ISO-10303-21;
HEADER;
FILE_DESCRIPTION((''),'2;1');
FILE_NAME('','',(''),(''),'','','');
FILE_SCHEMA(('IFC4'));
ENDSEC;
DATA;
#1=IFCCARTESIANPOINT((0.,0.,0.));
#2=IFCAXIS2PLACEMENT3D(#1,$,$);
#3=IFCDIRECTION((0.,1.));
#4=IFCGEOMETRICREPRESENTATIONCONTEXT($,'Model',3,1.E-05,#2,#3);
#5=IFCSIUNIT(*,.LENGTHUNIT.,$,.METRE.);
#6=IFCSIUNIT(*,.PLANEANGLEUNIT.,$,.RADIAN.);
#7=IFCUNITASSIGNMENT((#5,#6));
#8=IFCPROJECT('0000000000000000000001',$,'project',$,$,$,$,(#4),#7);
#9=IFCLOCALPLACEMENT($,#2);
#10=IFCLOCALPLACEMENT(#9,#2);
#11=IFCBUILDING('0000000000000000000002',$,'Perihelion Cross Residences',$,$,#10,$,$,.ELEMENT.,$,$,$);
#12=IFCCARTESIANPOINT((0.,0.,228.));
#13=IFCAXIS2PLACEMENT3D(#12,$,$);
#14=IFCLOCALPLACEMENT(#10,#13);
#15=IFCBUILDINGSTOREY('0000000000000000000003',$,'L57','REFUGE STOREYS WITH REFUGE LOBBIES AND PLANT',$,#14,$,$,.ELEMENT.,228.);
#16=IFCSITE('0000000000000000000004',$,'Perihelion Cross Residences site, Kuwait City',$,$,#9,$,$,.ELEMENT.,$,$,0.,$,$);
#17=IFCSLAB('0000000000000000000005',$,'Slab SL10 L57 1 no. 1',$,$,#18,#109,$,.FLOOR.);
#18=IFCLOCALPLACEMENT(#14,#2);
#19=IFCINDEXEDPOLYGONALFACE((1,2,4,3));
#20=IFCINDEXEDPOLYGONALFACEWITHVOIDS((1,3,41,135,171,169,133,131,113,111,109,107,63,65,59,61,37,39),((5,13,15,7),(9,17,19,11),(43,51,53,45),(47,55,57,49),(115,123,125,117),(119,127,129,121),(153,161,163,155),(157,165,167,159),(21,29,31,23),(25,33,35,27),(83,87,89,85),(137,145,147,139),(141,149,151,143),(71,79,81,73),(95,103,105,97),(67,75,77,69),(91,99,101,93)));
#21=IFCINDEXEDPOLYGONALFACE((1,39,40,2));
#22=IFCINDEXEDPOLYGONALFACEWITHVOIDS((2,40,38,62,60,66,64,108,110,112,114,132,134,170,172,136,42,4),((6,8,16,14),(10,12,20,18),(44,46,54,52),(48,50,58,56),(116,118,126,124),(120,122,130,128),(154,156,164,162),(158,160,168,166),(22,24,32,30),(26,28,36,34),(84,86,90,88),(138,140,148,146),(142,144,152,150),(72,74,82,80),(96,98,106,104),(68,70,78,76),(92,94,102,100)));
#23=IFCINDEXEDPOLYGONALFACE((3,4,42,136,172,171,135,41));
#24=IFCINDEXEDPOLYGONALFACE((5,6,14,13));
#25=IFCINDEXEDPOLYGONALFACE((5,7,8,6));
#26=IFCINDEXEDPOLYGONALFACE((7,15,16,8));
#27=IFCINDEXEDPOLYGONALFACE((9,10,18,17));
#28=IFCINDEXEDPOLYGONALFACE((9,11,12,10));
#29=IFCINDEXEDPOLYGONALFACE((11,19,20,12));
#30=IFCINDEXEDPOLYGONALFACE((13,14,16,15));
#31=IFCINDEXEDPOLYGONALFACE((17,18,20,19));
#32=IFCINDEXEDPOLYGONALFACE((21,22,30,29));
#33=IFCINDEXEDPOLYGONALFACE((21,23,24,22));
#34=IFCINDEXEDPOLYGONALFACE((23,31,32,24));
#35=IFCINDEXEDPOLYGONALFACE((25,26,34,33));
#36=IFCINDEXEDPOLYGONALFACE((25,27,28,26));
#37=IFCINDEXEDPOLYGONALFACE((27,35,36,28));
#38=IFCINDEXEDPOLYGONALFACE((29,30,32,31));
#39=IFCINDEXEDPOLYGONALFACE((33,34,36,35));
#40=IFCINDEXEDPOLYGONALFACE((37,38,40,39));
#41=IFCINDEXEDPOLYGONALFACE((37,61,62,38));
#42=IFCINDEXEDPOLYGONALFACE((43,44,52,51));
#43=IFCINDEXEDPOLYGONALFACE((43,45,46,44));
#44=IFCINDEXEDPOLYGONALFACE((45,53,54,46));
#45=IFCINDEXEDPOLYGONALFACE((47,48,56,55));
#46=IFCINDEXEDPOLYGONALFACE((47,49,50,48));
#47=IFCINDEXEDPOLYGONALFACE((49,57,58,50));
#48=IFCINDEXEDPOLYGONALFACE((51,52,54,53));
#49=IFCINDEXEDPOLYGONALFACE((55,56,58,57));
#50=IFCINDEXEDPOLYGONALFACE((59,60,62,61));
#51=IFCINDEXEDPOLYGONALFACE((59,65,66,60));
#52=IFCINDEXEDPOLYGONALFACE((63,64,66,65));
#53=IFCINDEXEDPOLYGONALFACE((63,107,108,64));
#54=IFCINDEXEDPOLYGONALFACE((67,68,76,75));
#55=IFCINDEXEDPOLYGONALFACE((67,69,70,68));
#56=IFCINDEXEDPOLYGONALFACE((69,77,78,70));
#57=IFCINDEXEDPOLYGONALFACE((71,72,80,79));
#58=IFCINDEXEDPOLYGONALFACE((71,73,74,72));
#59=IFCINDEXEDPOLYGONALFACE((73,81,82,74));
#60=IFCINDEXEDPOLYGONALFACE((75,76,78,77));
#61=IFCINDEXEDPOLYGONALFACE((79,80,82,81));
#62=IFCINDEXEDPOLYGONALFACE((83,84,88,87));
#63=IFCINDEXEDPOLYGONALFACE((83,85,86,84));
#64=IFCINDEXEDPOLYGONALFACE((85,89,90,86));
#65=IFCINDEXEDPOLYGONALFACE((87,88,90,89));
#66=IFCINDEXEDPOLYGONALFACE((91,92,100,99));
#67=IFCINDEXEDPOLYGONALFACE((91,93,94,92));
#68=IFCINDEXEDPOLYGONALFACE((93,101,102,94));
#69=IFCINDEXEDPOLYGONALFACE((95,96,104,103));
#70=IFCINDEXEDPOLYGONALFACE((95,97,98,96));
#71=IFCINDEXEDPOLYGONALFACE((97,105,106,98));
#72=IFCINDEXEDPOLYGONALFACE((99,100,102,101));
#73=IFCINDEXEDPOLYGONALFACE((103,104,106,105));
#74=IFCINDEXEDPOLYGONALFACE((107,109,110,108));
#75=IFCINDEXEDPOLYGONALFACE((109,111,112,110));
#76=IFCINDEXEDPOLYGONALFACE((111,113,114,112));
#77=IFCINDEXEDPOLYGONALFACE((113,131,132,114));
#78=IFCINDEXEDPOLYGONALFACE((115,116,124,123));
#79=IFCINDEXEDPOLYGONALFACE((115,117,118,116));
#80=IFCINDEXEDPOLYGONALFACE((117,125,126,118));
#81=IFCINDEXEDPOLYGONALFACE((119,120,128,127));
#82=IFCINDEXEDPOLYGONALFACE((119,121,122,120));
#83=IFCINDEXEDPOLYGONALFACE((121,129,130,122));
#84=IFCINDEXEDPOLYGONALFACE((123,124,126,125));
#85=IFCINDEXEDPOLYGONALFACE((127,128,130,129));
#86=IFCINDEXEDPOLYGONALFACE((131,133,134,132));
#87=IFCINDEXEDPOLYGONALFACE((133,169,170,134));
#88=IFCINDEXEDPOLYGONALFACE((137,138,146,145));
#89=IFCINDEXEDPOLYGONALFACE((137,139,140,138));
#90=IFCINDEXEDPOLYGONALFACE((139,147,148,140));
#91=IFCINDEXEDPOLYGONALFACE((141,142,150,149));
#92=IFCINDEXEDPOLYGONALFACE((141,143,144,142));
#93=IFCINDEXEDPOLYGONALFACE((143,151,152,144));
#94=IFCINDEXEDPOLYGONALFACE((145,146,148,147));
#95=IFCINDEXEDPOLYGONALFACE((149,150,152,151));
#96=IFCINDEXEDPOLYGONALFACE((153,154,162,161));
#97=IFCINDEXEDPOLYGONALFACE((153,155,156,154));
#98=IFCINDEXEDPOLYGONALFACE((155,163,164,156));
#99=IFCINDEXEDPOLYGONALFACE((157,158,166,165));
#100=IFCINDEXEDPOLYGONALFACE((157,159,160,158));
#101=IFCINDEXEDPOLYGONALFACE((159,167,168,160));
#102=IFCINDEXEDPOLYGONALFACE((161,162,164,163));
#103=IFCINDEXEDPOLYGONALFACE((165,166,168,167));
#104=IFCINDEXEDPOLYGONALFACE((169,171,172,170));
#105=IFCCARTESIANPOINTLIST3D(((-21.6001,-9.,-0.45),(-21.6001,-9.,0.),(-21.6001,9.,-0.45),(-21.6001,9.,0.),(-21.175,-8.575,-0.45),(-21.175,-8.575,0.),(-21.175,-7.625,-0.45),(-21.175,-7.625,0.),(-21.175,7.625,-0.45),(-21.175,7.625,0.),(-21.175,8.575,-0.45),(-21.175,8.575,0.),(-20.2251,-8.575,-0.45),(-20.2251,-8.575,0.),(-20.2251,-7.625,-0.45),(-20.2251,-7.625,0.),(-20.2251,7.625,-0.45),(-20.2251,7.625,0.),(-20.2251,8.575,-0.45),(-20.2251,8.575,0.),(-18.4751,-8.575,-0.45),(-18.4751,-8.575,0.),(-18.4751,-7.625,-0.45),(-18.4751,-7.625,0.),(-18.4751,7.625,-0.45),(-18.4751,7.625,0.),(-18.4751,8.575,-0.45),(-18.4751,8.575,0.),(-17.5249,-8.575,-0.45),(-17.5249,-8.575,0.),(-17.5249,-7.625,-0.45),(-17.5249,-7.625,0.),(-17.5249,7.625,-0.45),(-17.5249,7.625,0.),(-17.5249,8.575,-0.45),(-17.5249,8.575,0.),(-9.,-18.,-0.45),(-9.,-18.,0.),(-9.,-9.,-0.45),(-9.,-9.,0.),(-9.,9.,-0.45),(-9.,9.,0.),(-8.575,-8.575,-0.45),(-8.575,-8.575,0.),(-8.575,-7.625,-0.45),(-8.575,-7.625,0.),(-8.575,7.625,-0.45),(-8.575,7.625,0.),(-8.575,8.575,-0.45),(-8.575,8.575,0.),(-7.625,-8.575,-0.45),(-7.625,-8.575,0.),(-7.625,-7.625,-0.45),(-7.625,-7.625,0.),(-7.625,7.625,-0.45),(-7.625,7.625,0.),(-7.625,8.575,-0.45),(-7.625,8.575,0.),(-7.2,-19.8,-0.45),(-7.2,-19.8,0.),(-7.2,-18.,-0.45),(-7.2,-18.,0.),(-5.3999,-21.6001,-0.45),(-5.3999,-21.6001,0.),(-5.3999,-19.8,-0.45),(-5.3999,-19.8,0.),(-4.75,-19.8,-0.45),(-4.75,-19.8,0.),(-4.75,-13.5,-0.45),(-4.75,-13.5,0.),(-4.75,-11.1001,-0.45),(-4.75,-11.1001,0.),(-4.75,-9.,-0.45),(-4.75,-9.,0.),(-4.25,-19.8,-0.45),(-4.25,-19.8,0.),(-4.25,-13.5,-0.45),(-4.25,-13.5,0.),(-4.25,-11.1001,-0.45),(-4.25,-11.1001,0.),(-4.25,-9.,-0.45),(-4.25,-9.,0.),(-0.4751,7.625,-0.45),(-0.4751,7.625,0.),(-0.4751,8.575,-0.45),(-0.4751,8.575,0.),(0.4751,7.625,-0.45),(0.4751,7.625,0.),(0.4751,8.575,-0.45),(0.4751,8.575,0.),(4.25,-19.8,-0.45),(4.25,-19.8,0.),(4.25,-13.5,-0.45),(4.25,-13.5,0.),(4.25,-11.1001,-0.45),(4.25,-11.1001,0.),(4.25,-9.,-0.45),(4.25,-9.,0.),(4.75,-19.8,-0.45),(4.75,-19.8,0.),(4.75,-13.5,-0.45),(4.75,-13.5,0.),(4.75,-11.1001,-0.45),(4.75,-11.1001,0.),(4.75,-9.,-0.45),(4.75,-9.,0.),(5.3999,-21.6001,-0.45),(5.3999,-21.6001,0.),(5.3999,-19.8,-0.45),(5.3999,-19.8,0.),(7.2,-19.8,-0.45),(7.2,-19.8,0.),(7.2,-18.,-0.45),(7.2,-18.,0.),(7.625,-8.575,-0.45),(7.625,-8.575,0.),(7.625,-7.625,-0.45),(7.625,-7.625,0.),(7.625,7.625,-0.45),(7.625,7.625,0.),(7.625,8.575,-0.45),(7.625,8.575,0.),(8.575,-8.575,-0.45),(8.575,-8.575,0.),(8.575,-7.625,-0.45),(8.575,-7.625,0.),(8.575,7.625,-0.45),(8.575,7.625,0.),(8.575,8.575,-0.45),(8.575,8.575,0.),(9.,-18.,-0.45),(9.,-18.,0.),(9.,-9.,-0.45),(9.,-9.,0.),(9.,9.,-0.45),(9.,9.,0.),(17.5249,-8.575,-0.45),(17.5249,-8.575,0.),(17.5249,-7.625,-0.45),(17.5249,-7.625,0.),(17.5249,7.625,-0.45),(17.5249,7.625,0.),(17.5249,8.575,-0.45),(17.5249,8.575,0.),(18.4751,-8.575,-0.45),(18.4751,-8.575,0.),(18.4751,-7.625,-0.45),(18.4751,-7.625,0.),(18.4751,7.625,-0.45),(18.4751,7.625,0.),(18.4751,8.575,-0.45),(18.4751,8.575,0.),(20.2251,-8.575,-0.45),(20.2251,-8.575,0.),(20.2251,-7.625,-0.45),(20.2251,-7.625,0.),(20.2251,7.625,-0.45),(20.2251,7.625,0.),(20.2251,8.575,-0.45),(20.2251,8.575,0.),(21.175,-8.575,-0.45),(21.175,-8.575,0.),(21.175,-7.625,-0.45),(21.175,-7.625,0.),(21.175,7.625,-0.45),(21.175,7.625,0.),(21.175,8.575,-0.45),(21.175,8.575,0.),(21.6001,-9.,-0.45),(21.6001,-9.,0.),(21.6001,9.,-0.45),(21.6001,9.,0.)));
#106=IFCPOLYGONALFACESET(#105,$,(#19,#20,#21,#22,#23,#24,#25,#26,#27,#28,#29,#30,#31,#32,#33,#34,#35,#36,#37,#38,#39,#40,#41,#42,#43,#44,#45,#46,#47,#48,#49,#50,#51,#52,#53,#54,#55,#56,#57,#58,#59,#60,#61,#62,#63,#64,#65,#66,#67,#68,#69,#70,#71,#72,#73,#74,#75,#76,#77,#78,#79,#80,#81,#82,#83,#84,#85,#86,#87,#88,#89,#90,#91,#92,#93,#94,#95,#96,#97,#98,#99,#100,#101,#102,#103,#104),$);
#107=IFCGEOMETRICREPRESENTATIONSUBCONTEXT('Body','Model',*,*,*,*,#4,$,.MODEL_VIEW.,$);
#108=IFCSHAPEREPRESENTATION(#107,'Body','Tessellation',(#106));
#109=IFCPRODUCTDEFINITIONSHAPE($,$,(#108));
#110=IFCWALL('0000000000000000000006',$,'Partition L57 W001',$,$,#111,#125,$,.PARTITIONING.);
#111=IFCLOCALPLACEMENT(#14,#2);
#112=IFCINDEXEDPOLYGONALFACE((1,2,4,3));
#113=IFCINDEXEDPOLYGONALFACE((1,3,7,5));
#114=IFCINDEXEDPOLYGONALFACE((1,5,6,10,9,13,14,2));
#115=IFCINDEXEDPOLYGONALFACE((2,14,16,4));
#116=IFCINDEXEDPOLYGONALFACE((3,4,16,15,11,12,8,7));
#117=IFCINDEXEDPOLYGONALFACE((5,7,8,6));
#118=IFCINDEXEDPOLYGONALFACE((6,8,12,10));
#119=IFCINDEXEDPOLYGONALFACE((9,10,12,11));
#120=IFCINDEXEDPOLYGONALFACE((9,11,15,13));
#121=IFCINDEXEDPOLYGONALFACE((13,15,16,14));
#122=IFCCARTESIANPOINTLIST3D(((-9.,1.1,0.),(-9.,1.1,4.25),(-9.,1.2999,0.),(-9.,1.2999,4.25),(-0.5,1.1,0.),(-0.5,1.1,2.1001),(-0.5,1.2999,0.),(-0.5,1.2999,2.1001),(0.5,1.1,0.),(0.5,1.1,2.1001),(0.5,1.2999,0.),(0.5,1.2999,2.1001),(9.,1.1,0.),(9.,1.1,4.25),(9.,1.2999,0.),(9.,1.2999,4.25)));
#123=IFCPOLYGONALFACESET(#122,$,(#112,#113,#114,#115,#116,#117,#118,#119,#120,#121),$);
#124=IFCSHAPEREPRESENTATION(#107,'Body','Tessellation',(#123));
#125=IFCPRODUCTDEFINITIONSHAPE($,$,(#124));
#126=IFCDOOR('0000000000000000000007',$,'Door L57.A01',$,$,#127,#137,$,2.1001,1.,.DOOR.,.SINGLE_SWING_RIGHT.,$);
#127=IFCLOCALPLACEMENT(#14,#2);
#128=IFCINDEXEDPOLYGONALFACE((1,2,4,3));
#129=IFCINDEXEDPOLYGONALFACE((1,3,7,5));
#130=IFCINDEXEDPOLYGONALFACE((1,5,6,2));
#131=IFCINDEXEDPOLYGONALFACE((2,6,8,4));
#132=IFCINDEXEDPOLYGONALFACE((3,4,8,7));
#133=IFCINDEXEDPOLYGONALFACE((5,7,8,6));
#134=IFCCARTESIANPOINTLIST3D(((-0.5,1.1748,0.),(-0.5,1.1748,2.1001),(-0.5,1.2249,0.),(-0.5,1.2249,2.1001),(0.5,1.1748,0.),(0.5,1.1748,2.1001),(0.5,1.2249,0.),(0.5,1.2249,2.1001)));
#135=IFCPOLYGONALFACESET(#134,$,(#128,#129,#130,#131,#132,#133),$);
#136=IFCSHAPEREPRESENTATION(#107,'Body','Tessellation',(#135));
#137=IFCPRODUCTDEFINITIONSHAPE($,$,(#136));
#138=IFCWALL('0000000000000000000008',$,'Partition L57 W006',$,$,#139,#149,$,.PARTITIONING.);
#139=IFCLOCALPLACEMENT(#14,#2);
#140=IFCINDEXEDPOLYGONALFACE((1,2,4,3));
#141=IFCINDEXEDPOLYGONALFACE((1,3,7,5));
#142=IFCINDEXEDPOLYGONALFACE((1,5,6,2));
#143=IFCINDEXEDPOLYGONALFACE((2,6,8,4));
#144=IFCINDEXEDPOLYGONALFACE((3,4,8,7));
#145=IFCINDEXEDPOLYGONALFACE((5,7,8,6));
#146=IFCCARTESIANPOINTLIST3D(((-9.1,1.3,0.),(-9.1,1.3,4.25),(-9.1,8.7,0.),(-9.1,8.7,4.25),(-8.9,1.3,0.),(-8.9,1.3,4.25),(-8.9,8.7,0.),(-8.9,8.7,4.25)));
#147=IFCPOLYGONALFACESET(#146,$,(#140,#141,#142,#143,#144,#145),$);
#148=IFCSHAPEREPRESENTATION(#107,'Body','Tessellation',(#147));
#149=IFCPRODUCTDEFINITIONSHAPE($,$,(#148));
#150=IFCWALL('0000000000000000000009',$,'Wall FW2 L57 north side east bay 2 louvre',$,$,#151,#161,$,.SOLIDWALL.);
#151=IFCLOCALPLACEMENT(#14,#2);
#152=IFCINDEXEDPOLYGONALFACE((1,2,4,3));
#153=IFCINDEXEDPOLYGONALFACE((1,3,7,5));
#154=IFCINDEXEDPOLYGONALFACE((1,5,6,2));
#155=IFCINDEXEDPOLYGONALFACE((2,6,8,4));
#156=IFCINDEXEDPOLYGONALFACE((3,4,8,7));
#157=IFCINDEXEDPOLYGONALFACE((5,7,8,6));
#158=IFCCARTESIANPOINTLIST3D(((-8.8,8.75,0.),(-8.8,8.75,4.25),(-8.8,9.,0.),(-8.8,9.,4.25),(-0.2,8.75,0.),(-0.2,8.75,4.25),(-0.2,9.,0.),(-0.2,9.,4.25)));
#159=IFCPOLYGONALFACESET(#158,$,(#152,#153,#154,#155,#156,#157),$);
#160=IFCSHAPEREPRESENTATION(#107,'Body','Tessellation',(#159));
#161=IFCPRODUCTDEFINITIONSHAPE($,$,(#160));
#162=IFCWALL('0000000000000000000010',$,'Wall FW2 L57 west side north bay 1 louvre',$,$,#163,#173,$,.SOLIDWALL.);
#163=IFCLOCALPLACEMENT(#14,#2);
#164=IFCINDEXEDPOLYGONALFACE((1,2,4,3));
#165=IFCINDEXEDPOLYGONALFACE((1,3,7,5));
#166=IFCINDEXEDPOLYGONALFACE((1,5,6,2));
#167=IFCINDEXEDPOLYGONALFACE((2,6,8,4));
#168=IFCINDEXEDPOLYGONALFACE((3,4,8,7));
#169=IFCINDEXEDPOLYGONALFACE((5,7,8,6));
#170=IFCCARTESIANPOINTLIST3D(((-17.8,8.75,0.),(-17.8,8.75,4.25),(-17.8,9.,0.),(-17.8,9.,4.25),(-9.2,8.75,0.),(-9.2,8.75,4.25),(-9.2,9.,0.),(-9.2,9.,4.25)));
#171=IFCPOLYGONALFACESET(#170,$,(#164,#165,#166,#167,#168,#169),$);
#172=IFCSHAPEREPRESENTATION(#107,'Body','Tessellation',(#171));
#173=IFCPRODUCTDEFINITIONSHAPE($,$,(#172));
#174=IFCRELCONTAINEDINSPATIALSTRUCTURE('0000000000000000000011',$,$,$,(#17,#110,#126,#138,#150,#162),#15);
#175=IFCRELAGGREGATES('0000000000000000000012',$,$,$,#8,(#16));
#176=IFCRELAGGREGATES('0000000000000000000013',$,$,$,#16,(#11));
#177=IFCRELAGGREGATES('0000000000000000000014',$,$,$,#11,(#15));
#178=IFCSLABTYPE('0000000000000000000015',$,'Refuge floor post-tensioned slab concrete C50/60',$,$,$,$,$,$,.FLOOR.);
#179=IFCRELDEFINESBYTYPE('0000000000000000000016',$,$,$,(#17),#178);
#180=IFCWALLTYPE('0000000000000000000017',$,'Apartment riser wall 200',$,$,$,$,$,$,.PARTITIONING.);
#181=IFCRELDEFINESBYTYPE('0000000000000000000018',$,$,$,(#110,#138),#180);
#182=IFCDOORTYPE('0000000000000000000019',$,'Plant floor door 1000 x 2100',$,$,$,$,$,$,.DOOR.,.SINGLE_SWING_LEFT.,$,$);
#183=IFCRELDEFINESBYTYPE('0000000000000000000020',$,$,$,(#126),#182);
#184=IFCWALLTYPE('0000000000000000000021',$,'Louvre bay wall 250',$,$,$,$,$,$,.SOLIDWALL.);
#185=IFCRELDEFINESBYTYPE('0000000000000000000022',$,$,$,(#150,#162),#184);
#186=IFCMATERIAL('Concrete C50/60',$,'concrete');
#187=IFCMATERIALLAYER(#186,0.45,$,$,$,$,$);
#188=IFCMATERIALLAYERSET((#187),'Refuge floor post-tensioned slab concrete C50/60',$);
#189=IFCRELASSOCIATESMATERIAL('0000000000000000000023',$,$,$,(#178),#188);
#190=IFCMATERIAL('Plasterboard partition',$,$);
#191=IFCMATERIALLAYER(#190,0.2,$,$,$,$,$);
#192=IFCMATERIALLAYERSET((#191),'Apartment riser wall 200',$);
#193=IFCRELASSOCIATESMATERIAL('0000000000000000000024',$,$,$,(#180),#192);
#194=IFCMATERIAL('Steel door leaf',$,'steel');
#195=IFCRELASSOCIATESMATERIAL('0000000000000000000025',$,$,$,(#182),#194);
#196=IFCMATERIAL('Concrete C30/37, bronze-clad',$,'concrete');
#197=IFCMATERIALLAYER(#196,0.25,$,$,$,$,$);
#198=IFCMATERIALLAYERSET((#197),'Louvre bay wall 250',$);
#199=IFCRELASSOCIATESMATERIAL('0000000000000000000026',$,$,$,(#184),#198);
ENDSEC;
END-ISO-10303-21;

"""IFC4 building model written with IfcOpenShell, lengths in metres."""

from ifc_helpers import new_model, si_unit, direction, frame, frame_2d, origin, place, context, subcontext, project, spatial, polyline, rectangle, outline, extrude, material, layer, layer_set, type_object, element, fill, save


model = new_model("IFC4")

# Units and contexts
model_context = context("Model", 3, precision=1e-05, world=origin(), true_north=direction((0.0, 1.0)))
body_context = subcontext(model_context, "Body", "Model", "MODEL_VIEW")
ifc_project = project(units=[si_unit("LENGTHUNIT", "METRE"), si_unit("PLANEANGLEUNIT", "RADIAN")], contexts=[model_context])

# Site, building, storey
site_placement = place(None, origin())
site = spatial("IfcSite", under=ifc_project, at=site_placement, Name="Perihelion Cross Residences site, Kuwait City", CompositionType="ELEMENT", RefElevation=0.0)
building_placement = place(site_placement, origin())
building = spatial("IfcBuilding", under=site, at=building_placement, Name="Perihelion Cross Residences", CompositionType="ELEMENT")
storey_placement = place(building_placement, frame((0.0, 0.0, 228.0)))
storey = spatial("IfcBuildingStorey", under=building, at=storey_placement, Name="L57", Description="REFUGE STOREYS WITH REFUGE LOBBIES AND PLANT", CompositionType="ELEMENT", Elevation=228.0)

# Slab
ifc_material_1 = material(Name="Concrete C50/60", Category="concrete")
ifc_layer_1 = layer(ifc_material_1, 0.45)
ifc_layer_set_1 = layer_set([ifc_layer_1], Name="Refuge floor post-tensioned slab concrete C50/60")
slab_type_1 = type_object("IfcSlabType", Name="Refuge floor post-tensioned slab concrete C50/60", PredefinedType="FLOOR", material=ifc_layer_set_1)
slab_1_placement = place(storey_placement, frame((0.0, 0.0, -0.45)))
element("IfcSlab", 1, at=slab_1_placement, inside=storey, type_object=slab_type_1, Name="Slab SL10 L57 1 no. 1", PredefinedType="FLOOR", context=body_context, shape_type="SweptSolid", body=[
    extrude(outline(polyline([(-9.0, 9.0), (9.0, 9.0), (21.6001, 9.0), (21.6001, -9.0), (9.0, -9.0), (9.0, -18.0), (7.2, -18.0), (7.2, -19.8), (5.3999, -19.8), (5.3999, -21.6001), (-5.3999, -21.6001), (-5.3999, -19.8), (-7.2, -19.8), (-7.2, -18.0), (-9.0, -18.0), (-9.0, -9.0), (-21.6001, -9.0), (-21.6001, 9.0), (-9.0, 9.0)]), holes=[polyline([(-4.25, -13.5), (-4.75, -13.5), (-4.75, -19.8), (-4.25, -19.8), (-4.25, -13.5)]), polyline([(-4.25, -9.0), (-4.75, -9.0), (-4.75, -11.1001), (-4.25, -11.1001), (-4.25, -9.0)]), polyline([(-20.2251, -7.625), (-21.175, -7.625), (-21.175, -8.575), (-20.2251, -8.575), (-20.2251, -7.625)]), polyline([(-17.5249, -7.625), (-18.4751, -7.625), (-18.4751, -8.575), (-17.5249, -8.575), (-17.5249, -7.625)]), polyline([(-7.625, -7.625), (-8.575, -7.625), (-8.575, -8.575), (-7.625, -8.575), (-7.625, -7.625)]), polyline([(-20.2251, 8.575), (-21.175, 8.575), (-21.175, 7.625), (-20.2251, 7.625), (-20.2251, 8.575)]), polyline([(-17.5249, 7.625), (-17.5249, 8.575), (-18.4751, 8.575), (-18.4751, 7.625), (-17.5249, 7.625)]), polyline([(-7.625, 7.625), (-7.625, 8.575), (-8.575, 8.575), (-8.575, 7.625), (-7.625, 7.625)]), polyline([(0.4751, 8.575), (-0.4751, 8.575), (-0.4751, 7.625), (0.4751, 7.625), (0.4751, 8.575)]), polyline([(4.75, -13.5), (4.25, -13.5), (4.25, -19.8), (4.75, -19.8), (4.75, -13.5)]), polyline([(4.75, -9.0), (4.25, -9.0), (4.25, -11.1001), (4.75, -11.1001), (4.75, -9.0)]), polyline([(8.575, -8.575), (8.575, -7.625), (7.625, -7.625), (7.625, -8.575), (8.575, -8.575)]), polyline([(18.4751, -8.575), (18.4751, -7.625), (17.5249, -7.625), (17.5249, -8.575), (18.4751, -8.575)]), polyline([(21.175, -7.625), (20.2251, -7.625), (20.2251, -8.575), (21.175, -8.575), (21.175, -7.625)]), polyline([(8.575, 8.575), (7.625, 8.575), (7.625, 7.625), (8.575, 7.625), (8.575, 8.575)]), polyline([(18.4751, 7.625), (18.4751, 8.575), (17.5249, 8.575), (17.5249, 7.625), (18.4751, 7.625)]), polyline([(21.175, 7.625), (21.175, 8.575), (20.2251, 8.575), (20.2251, 7.625), (21.175, 7.625)])]), origin(), (0.0, 0.0, 1.0), 0.45),
])

# Wall, opening, door
ifc_material_2 = material(Name="Plasterboard partition")
ifc_layer_2 = layer(ifc_material_2, 0.2)
ifc_layer_set_2 = layer_set([ifc_layer_2], Name="Apartment riser wall 200")
wall_type_1 = type_object("IfcWallType", Name="Apartment riser wall 200", PredefinedType="PARTITIONING", material=ifc_layer_set_2)
wall_1_placement = place(storey_placement, frame((-9.0, 1.2, 0.0), z_axis=(0.0, 0.0, 1.0), x_axis=(1.0, 0.0, 0.0)))
wall_1 = element("IfcWall", 2, at=wall_1_placement, inside=storey, type_object=wall_type_1, Name="Partition L57 W001", PredefinedType="PARTITIONING", context=body_context, shape_type="SweptSolid", body=[
    extrude(rectangle(XDim=18.0, YDim=0.2, at=frame_2d((9.0, 0.0))), origin(), (0.0, 0.0, 1.0), 4.25),
])
opening_placement = place(wall_1_placement, frame((8.5, 0.0, 0.0)))
opening = element("IfcOpeningElement", 3, at=opening_placement, cuts=wall_1, PredefinedType="OPENING", context=body_context, shape_type="SweptSolid", body=[
    extrude(rectangle(XDim=1.0, YDim=2.1001, at=frame_2d((0.5, 1.05))), frame((0.0, 0.1099, 0.0), z_axis=(0.0, -1.0, 0.0), x_axis=(1.0, 0.0, 0.0)), (0.0, 0.0, 1.0), 0.22),
])
ifc_material_3 = material(Name="Steel door leaf", Category="steel")
door_type = type_object("IfcDoorType", Name="Plant floor door 1000 x 2100", OperationType="SINGLE_SWING_LEFT", PredefinedType="DOOR", material=ifc_material_3)
door_placement = place(opening_placement, origin())
door = element("IfcDoor", 4, at=door_placement, inside=storey, type_object=door_type, Name="Door L57.A01", OperationType="SINGLE_SWING_RIGHT", OverallHeight=2.1001, OverallWidth=1.0, PredefinedType="DOOR", context=body_context, shape_type="SweptSolid", body=[
    extrude(rectangle(XDim=1.0, YDim=2.1001, at=frame_2d((0.5, 1.05))), frame((0.0, 0.0249, 0.0), z_axis=(0.0, -1.0, 0.0), x_axis=(1.0, 0.0, 0.0)), (0.0, 0.0, 1.0), 0.05),
])
fill(opening, door)

# Walls
wall_2_placement = place(storey_placement, frame((-9.0, 1.3, 0.0), z_axis=(0.0, 0.0, 1.0), x_axis=(0.0, 1.0, 0.0)))
element("IfcWall", 5, at=wall_2_placement, inside=storey, type_object=wall_type_1, Name="Partition L57 W006", PredefinedType="PARTITIONING", context=body_context, shape_type="SweptSolid", body=[
    extrude(rectangle(XDim=7.3999, YDim=0.2, at=frame_2d((3.7, 0.0))), origin(), (0.0, 0.0, 1.0), 4.25),
])
ifc_material_4 = material(Name="Concrete C30/37, bronze-clad", Category="concrete")
ifc_layer_3 = layer(ifc_material_4, 0.25)
ifc_layer_set_3 = layer_set([ifc_layer_3], Name="Louvre bay wall 250")
wall_type_2 = type_object("IfcWallType", Name="Louvre bay wall 250", PredefinedType="SOLIDWALL", material=ifc_layer_set_3)
for number, where, z_axis, x_axis, name in (
    (6, (-0.2, 8.875, 0.0), (0.0, 0.0, 1.0), (-1.0, 0.0, 0.0), "Wall FW2 L57 north side east bay 2 louvre"),
    (7, (-9.2, 8.875, 0.0), (0.0, 0.0, 1.0), (-1.0, 0.0, 0.0), "Wall FW2 L57 west side north bay 1 louvre"),
):
    element("IfcWall", number, at=place(storey_placement, frame(where, z_axis=z_axis, x_axis=x_axis)), inside=storey, type_object=wall_type_2, Name=name, PredefinedType="SOLIDWALL", context=body_context, shape_type="SweptSolid", body=[
        extrude(rectangle(XDim=8.6001, YDim=0.25, at=frame_2d((4.3, 0.0))), origin(), (0.0, 0.0, 1.0), 4.25),
    ])

save(model, "model.ifc")
